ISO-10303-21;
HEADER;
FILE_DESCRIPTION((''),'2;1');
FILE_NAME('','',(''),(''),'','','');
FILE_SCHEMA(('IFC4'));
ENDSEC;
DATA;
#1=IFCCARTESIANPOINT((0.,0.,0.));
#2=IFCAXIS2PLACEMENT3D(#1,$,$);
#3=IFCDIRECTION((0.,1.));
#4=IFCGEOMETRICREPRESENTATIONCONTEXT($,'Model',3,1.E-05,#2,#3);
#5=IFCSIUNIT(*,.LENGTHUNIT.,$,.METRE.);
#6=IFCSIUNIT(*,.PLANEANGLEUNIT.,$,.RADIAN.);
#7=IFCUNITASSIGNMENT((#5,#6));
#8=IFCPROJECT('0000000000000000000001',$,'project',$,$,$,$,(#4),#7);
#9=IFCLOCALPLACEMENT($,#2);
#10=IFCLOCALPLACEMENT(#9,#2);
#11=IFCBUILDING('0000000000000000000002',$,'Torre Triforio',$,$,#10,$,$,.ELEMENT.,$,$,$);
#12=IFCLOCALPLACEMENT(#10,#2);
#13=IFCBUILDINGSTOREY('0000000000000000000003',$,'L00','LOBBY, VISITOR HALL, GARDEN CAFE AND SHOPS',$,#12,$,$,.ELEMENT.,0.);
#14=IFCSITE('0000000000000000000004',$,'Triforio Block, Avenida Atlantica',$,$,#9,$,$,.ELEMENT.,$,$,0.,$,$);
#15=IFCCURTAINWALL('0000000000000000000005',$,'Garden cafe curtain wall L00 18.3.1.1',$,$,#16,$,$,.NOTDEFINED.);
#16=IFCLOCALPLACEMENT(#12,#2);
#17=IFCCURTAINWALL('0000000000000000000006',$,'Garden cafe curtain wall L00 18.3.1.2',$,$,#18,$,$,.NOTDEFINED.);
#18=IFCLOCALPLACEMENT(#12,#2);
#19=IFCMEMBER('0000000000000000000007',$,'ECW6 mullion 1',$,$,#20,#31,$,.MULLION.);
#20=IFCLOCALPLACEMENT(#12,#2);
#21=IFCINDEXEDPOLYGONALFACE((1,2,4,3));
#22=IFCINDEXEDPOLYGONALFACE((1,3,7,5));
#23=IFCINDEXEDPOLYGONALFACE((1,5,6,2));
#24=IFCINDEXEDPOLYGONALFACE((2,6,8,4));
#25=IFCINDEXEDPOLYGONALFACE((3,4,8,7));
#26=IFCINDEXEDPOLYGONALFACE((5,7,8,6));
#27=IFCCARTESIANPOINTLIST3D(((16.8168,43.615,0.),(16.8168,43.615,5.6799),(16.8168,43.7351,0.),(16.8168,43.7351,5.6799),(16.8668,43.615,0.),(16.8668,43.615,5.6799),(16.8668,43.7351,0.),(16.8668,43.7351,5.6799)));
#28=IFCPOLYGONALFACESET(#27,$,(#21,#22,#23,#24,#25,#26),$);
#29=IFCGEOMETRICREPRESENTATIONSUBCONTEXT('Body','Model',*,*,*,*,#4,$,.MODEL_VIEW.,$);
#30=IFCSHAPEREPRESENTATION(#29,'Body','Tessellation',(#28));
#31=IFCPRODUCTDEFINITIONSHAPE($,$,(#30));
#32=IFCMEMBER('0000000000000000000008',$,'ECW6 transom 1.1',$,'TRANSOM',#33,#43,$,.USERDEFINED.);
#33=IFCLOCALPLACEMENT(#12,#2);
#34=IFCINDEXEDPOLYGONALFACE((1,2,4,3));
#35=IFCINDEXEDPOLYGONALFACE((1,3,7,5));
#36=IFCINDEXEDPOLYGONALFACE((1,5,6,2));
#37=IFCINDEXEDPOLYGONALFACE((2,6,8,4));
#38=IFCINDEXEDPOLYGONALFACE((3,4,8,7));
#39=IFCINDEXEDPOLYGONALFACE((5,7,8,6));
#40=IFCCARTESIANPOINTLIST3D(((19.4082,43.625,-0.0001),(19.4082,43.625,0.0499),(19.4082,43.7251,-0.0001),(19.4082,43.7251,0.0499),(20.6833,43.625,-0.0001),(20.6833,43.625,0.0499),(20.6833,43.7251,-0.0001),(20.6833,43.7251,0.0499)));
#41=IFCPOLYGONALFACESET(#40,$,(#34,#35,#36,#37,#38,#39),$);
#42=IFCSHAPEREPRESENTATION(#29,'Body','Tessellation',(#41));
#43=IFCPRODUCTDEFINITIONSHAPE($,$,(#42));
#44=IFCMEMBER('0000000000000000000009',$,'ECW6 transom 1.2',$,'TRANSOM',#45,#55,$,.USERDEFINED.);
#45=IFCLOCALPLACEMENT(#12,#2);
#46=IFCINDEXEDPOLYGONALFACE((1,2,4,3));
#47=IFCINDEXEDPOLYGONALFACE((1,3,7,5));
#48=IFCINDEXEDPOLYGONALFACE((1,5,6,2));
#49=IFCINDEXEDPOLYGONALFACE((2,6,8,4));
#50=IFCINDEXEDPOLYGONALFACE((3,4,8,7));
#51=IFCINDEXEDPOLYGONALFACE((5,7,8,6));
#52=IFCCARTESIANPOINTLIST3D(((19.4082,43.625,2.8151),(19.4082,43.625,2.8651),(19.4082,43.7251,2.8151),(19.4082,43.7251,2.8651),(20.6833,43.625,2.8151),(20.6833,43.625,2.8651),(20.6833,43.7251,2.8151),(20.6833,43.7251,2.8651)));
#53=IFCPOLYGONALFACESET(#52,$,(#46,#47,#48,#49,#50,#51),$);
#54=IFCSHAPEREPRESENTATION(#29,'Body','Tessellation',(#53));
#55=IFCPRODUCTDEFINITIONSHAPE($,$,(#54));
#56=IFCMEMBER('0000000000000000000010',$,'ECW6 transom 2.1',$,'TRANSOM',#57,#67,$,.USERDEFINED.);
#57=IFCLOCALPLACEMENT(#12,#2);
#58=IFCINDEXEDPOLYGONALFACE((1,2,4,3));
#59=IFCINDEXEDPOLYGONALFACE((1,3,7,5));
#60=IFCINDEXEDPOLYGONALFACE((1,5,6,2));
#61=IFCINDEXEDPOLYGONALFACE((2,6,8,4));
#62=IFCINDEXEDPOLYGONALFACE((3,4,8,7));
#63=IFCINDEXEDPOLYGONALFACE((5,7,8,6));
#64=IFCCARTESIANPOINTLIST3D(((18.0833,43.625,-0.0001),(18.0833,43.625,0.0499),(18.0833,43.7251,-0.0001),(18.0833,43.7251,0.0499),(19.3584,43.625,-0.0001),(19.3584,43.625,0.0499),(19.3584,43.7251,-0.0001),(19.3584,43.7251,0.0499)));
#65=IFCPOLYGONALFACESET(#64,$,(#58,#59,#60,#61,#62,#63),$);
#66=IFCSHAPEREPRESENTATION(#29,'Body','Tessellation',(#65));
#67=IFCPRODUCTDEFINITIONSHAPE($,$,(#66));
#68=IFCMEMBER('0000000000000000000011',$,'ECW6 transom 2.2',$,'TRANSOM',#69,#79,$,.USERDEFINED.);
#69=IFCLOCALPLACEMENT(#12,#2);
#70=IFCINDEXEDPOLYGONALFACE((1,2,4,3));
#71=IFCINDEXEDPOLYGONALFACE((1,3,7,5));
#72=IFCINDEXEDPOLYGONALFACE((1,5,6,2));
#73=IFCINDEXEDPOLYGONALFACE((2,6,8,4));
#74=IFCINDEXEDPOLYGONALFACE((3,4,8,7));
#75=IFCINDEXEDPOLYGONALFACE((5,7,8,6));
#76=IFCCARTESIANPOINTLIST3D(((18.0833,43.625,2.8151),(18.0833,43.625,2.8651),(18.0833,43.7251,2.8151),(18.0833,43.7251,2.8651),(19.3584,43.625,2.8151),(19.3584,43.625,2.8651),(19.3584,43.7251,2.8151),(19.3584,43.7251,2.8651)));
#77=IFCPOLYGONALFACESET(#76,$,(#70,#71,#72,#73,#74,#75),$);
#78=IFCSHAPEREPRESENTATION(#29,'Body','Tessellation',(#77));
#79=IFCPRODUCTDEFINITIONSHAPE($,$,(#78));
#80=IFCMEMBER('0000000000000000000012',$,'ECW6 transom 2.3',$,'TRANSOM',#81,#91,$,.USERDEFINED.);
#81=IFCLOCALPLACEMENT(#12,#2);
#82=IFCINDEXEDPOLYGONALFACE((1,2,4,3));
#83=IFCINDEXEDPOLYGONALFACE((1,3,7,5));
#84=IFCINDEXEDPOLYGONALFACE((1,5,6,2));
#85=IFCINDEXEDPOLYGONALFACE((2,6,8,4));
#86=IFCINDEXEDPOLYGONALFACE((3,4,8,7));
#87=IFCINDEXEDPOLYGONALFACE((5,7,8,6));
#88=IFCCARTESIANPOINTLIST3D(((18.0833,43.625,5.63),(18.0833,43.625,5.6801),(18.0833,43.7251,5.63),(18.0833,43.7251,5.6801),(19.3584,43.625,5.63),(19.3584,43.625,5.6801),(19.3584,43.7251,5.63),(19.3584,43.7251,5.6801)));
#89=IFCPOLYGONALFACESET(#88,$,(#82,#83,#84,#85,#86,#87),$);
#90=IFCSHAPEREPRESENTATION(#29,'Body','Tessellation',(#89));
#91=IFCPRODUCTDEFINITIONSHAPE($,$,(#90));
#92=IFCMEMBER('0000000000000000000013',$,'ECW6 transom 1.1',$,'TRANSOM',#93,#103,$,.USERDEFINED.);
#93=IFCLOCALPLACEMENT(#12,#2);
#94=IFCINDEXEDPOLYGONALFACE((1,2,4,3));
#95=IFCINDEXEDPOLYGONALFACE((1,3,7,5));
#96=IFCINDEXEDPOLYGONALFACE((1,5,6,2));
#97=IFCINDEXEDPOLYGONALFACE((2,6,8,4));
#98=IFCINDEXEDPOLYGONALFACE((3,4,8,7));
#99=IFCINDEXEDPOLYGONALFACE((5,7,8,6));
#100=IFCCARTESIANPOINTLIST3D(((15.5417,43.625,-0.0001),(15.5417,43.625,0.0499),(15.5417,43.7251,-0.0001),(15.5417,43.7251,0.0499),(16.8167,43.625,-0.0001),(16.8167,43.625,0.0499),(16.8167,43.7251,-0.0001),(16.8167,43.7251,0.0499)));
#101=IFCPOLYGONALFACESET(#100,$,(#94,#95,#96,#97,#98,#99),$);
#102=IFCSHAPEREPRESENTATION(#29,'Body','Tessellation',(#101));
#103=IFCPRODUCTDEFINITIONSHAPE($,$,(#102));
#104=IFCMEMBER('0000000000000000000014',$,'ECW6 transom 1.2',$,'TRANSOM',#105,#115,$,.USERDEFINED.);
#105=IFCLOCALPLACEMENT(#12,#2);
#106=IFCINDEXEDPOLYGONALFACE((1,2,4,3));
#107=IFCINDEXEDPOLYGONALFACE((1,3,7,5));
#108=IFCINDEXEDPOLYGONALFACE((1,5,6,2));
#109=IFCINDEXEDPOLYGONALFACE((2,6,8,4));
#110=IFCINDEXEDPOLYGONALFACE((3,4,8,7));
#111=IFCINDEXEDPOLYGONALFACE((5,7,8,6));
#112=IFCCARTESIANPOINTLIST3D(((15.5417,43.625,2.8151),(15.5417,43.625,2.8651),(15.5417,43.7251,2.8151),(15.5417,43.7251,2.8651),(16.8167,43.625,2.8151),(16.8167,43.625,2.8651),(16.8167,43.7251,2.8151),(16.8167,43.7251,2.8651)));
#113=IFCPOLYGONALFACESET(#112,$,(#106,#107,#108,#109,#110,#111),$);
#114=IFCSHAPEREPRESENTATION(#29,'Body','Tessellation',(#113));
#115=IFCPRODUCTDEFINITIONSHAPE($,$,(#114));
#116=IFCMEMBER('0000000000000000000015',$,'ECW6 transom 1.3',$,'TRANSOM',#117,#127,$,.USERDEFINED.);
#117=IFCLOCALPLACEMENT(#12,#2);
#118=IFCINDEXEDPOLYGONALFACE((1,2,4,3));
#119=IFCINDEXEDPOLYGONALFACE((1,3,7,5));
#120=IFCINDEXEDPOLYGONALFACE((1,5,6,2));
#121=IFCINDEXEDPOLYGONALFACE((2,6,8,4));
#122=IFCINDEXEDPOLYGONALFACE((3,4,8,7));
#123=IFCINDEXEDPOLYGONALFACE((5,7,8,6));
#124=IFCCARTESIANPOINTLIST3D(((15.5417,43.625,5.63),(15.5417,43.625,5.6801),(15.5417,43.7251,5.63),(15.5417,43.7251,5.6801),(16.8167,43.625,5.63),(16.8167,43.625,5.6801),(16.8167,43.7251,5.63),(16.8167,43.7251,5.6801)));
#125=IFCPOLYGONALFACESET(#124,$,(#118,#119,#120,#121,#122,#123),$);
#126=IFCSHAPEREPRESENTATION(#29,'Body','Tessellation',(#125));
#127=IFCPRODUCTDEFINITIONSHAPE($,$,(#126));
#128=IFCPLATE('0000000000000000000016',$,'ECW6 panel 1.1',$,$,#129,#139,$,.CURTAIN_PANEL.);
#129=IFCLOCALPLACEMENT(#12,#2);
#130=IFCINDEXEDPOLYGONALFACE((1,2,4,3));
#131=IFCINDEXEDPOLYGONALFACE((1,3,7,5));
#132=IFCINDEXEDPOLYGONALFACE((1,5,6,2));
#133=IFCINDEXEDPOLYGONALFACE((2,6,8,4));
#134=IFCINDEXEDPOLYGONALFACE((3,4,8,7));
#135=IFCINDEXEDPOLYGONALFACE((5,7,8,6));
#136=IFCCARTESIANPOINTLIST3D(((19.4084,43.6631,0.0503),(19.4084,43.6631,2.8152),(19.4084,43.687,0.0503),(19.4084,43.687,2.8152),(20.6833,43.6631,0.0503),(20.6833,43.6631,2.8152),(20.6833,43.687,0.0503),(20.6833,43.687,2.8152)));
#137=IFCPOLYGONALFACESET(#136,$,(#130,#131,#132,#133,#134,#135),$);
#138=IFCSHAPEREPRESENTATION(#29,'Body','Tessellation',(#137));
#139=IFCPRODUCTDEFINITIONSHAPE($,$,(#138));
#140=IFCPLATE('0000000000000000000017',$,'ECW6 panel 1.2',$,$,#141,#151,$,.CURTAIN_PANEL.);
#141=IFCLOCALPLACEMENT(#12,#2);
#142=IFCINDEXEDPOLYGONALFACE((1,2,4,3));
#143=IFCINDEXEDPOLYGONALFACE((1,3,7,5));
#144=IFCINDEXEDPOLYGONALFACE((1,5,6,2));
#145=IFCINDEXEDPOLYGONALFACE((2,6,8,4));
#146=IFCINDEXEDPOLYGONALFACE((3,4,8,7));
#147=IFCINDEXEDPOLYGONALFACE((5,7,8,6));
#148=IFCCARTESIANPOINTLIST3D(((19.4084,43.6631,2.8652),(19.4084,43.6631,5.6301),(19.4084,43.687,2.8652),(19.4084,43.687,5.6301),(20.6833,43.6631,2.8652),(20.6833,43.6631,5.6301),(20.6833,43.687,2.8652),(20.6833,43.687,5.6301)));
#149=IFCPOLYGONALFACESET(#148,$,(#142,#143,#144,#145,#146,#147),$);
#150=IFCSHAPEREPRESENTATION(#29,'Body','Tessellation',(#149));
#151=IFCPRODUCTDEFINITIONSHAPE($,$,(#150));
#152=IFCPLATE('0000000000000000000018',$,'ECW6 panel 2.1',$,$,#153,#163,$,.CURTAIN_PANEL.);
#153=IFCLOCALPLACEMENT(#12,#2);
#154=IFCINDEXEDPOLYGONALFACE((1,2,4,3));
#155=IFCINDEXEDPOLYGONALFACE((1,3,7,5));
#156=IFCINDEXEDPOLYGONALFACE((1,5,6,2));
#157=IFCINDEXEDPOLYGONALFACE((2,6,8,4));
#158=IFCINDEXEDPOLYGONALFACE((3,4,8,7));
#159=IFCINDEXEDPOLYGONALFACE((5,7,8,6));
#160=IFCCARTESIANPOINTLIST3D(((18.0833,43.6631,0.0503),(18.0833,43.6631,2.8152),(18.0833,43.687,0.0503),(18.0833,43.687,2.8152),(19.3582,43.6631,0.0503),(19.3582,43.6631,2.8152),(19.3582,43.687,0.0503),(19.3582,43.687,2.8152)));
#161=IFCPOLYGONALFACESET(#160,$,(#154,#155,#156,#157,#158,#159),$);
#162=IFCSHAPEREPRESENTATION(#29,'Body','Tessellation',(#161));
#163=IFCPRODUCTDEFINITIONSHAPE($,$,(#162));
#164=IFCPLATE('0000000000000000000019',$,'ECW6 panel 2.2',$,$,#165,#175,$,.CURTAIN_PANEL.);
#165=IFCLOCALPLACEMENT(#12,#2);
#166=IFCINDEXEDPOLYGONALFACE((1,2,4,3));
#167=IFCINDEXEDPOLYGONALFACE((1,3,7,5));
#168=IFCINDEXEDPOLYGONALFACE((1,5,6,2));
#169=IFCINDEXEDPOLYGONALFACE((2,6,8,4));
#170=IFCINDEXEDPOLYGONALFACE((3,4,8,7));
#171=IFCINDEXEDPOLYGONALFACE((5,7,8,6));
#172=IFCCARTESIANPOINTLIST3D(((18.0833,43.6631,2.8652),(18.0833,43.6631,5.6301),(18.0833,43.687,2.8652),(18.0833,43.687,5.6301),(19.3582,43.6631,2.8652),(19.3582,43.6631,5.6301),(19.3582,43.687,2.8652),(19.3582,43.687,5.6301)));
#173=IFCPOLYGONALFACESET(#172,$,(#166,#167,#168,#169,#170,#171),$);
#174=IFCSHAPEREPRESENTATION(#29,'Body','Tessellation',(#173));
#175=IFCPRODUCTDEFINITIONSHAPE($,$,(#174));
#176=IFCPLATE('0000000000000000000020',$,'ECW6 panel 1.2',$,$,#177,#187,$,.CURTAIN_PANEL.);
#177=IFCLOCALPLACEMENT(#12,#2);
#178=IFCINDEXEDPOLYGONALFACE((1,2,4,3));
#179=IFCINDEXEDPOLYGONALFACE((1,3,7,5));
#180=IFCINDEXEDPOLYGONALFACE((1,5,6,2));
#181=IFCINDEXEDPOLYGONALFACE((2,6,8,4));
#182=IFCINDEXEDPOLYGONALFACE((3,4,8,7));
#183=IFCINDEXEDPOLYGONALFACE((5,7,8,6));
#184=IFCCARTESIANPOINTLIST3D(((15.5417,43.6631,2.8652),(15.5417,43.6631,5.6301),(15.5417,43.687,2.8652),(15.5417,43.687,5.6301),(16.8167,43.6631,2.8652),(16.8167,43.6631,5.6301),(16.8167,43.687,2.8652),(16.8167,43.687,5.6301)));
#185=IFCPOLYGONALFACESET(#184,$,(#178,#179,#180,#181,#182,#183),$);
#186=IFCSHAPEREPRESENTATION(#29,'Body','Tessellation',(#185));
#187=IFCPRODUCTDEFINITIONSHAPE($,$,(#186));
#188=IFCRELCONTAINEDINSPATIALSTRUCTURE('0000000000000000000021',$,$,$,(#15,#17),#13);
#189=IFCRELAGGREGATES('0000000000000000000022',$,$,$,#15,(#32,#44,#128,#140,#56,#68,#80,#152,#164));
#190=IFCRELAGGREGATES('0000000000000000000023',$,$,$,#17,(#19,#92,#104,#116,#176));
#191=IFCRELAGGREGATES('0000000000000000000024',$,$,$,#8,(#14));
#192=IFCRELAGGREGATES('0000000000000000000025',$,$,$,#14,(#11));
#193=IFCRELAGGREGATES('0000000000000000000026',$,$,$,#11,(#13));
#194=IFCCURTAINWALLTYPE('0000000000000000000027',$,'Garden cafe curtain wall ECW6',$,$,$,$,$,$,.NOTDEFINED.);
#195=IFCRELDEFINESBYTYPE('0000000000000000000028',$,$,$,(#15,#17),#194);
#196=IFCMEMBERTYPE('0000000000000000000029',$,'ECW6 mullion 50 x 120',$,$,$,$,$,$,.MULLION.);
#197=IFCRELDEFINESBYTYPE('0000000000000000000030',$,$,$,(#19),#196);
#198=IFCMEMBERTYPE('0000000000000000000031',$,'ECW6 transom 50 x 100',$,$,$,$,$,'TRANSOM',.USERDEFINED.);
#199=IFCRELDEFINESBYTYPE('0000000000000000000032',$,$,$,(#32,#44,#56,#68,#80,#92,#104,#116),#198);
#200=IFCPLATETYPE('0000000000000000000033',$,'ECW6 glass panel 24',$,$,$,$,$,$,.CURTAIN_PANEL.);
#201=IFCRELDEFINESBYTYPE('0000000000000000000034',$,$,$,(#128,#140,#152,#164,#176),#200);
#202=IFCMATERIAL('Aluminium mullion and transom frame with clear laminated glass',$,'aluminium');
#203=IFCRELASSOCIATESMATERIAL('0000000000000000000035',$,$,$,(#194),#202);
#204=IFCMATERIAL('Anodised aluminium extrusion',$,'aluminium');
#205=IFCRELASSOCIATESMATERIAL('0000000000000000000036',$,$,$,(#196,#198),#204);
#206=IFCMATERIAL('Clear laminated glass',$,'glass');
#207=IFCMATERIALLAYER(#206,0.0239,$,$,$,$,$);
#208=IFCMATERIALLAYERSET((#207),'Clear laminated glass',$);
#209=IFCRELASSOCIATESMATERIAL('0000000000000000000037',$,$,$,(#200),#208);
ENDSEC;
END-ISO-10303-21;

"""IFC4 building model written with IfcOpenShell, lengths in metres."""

from ifc_helpers import new_model, si_unit, direction, frame, origin, origin_2d, place, context, subcontext, project, spatial, rectangle, extrude, material, layer, layer_set, material_profile, profile_set, type_object, element, aggregate, save


model = new_model("IFC4")

# Units and contexts
model_context = context("Model", 3, precision=1e-05, world=origin(), true_north=direction((0.0, 1.0)))
body_context = subcontext(model_context, "Body", "Model", "MODEL_VIEW")
ifc_project = project(units=[si_unit("LENGTHUNIT", "METRE"), si_unit("PLANEANGLEUNIT", "RADIAN")], contexts=[model_context])

# Site, building, storey
site_placement = place(None, origin())
site = spatial("IfcSite", under=ifc_project, at=site_placement, Name="Triforio Block, Avenida Atlantica", CompositionType="ELEMENT", RefElevation=0.0)
building_placement = place(site_placement, origin())
building = spatial("IfcBuilding", under=site, at=building_placement, Name="Torre Triforio", CompositionType="ELEMENT")
storey_placement = place(building_placement, origin())
storey = spatial("IfcBuildingStorey", under=building, at=storey_placement, Name="L00", Description="LOBBY, VISITOR HALL, GARDEN CAFE AND SHOPS", CompositionType="ELEMENT", Elevation=0.0)

# Curtain wall
ifc_material_1 = material(Name="Aluminium mullion and transom frame with clear laminated glass", Category="aluminium")
curtain_wall_type = type_object("IfcCurtainWallType", Name="Garden cafe curtain wall ECW6", PredefinedType="NOTDEFINED", material=ifc_material_1)
curtain_wall_1_placement = place(storey_placement, origin())
curtain_wall_1 = element("IfcCurtainWall", 1, at=curtain_wall_1_placement, inside=storey, type_object=curtain_wall_type, Name="Garden cafe curtain wall L00 18.3.1.1", PredefinedType="NOTDEFINED")
ifc_material_2 = material(Name="Anodised aluminium extrusion", Category="aluminium")
ifc_material_profile_1 = material_profile(ifc_material_2, rectangle(XDim=0.1201, YDim=0.05, at=origin_2d()), Name="ECW6 MULLION 50x120")
ifc_profile_set_1 = profile_set([ifc_material_profile_1], Name="Anodised aluminium extrusion")
member_type_1 = type_object("IfcMemberType", Name="ECW6 mullion 50 x 120", PredefinedType="MULLION", material=ifc_profile_set_1)

# Curtain wall, member
curtain_wall_2_placement = place(storey_placement, origin())
curtain_wall_2 = element("IfcCurtainWall", 2, at=curtain_wall_2_placement, inside=storey, type_object=curtain_wall_type, Name="Garden cafe curtain wall L00 18.3.1.2", PredefinedType="NOTDEFINED")
member_1_placement = place(storey_placement, frame((16.8418, 43.675, 0.0), z_axis=(0.0, 0.0, 1.0), x_axis=(0.0, -1.0, 0.0)))
member_1 = element("IfcMember", 3, at=member_1_placement, type_object=member_type_1, Name="ECW6 mullion 1", PredefinedType="MULLION", context=body_context, shape_type="SweptSolid", body=[
    extrude(rectangle(XDim=0.1201, YDim=0.05, at=origin_2d()), origin(), (0.0, 0.0, 1.0), 5.6799),
])

# Members
ifc_material_profile_2 = material_profile(ifc_material_2, rectangle(XDim=0.1001, YDim=0.05, at=origin_2d()), Name="ECW6 TRANSOM 50x100")
ifc_profile_set_2 = profile_set([ifc_material_profile_2], Name="Anodised aluminium extrusion")
member_type_2 = type_object("IfcMemberType", Name="ECW6 transom 50 x 100", ElementType="TRANSOM", PredefinedType="USERDEFINED", material=ifc_profile_set_2)
member_2_placement = place(storey_placement, frame((20.6833, 43.675, 0.0249), z_axis=(-1.0, 0.0, 0.0), x_axis=(0.0, -1.0, 0.0)))
member_2 = element("IfcMember", 4, at=member_2_placement, type_object=member_type_2, Name="ECW6 transom 1.1", ObjectType="TRANSOM", PredefinedType="USERDEFINED", context=body_context, shape_type="SweptSolid", body=[
    extrude(rectangle(XDim=0.1001, YDim=0.05, at=origin_2d()), origin(), (0.0, 0.0, 1.0), 1.2751),
])
member_3_placement = place(storey_placement, frame((20.6833, 43.675, 2.8401), z_axis=(-1.0, 0.0, 0.0), x_axis=(0.0, -1.0, 0.0)))
member_3 = element("IfcMember", 5, at=member_3_placement, type_object=member_type_2, Name="ECW6 transom 1.2", ObjectType="TRANSOM", PredefinedType="USERDEFINED", context=body_context, shape_type="SweptSolid", body=[
    extrude(rectangle(XDim=0.1001, YDim=0.05, at=origin_2d()), origin(), (0.0, 0.0, 1.0), 1.2751),
])
member_4_placement = place(storey_placement, frame((19.3584, 43.675, 0.0249), z_axis=(-1.0, 0.0, 0.0), x_axis=(0.0, -1.0, 0.0)))
member_4 = element("IfcMember", 6, at=member_4_placement, type_object=member_type_2, Name="ECW6 transom 2.1", ObjectType="TRANSOM", PredefinedType="USERDEFINED", context=body_context, shape_type="SweptSolid", body=[
    extrude(rectangle(XDim=0.1001, YDim=0.05, at=origin_2d()), origin(), (0.0, 0.0, 1.0), 1.2751),
])
member_5_placement = place(storey_placement, frame((19.3584, 43.675, 2.8401), z_axis=(-1.0, 0.0, 0.0), x_axis=(0.0, -1.0, 0.0)))
member_5 = element("IfcMember", 7, at=member_5_placement, type_object=member_type_2, Name="ECW6 transom 2.2", ObjectType="TRANSOM", PredefinedType="USERDEFINED", context=body_context, shape_type="SweptSolid", body=[
    extrude(rectangle(XDim=0.1001, YDim=0.05, at=origin_2d()), origin(), (0.0, 0.0, 1.0), 1.2751),
])
member_6_placement = place(storey_placement, frame((19.3584, 43.675, 5.655), z_axis=(-1.0, 0.0, 0.0), x_axis=(0.0, -1.0, 0.0)))
member_6 = element("IfcMember", 8, at=member_6_placement, type_object=member_type_2, Name="ECW6 transom 2.3", ObjectType="TRANSOM", PredefinedType="USERDEFINED", context=body_context, shape_type="SweptSolid", body=[
    extrude(rectangle(XDim=0.1001, YDim=0.05, at=origin_2d()), origin(), (0.0, 0.0, 1.0), 1.2751),
])
member_7_placement = place(storey_placement, frame((16.8167, 43.675, 0.0249), z_axis=(-1.0, 0.0, 0.0), x_axis=(0.0, -1.0, 0.0)))
member_7 = element("IfcMember", 9, at=member_7_placement, type_object=member_type_2, Name="ECW6 transom 1.1", ObjectType="TRANSOM", PredefinedType="USERDEFINED", context=body_context, shape_type="SweptSolid", body=[
    extrude(rectangle(XDim=0.1001, YDim=0.05, at=origin_2d()), origin(), (0.0, 0.0, 1.0), 1.2749),
])
member_8_placement = place(storey_placement, frame((16.8167, 43.675, 2.8401), z_axis=(-1.0, 0.0, 0.0), x_axis=(0.0, -1.0, 0.0)))
member_8 = element("IfcMember", 10, at=member_8_placement, type_object=member_type_2, Name="ECW6 transom 1.2", ObjectType="TRANSOM", PredefinedType="USERDEFINED", context=body_context, shape_type="SweptSolid", body=[
    extrude(rectangle(XDim=0.1001, YDim=0.05, at=origin_2d()), origin(), (0.0, 0.0, 1.0), 1.2749),
])
member_9_placement = place(storey_placement, frame((16.8167, 43.675, 5.655), z_axis=(-1.0, 0.0, 0.0), x_axis=(0.0, -1.0, 0.0)))
member_9 = element("IfcMember", 11, at=member_9_placement, type_object=member_type_2, Name="ECW6 transom 1.3", ObjectType="TRANSOM", PredefinedType="USERDEFINED", context=body_context, shape_type="SweptSolid", body=[
    extrude(rectangle(XDim=0.1001, YDim=0.05, at=origin_2d()), origin(), (0.0, 0.0, 1.0), 1.2749),
])

# Plates
ifc_material_3 = material(Name="Clear laminated glass", Category="glass")
ifc_layer_1 = layer(ifc_material_3, 0.0239)
ifc_layer_set_1 = layer_set([ifc_layer_1], Name="Clear laminated glass")
plate_type = type_object("IfcPlateType", Name="ECW6 glass panel 24", PredefinedType="CURTAIN_PANEL", material=ifc_layer_set_1)
plate_1_placement = place(storey_placement, frame((20.0459, 43.675, 0.0503), z_axis=(0.0, 0.0, 1.0), x_axis=(-1.0, 0.0, 0.0)))
plate_1 = element("IfcPlate", 12, at=plate_1_placement, type_object=plate_type, Name="ECW6 panel 1.1", PredefinedType="CURTAIN_PANEL", context=body_context, shape_type="SweptSolid", body=[
    extrude(rectangle(XDim=1.2749, YDim=0.0239, at=origin_2d()), origin(), (0.0, 0.0, 1.0), 2.7649),
])
plate_2_placement = place(storey_placement, frame((20.0459, 43.675, 2.8652), z_axis=(0.0, 0.0, 1.0), x_axis=(-1.0, 0.0, 0.0)))
plate_2 = element("IfcPlate", 13, at=plate_2_placement, type_object=plate_type, Name="ECW6 panel 1.2", PredefinedType="CURTAIN_PANEL", context=body_context, shape_type="SweptSolid", body=[
    extrude(rectangle(XDim=1.2749, YDim=0.0239, at=origin_2d()), origin(), (0.0, 0.0, 1.0), 2.7649),
])
plate_3_placement = place(storey_placement, frame((18.7207, 43.675, 0.0503), z_axis=(0.0, 0.0, 1.0), x_axis=(-1.0, 0.0, 0.0)))
plate_3 = element("IfcPlate", 14, at=plate_3_placement, type_object=plate_type, Name="ECW6 panel 2.1", PredefinedType="CURTAIN_PANEL", context=body_context, shape_type="SweptSolid", body=[
    extrude(rectangle(XDim=1.2749, YDim=0.0239, at=origin_2d()), origin(), (0.0, 0.0, 1.0), 2.7649),
])
plate_4_placement = place(storey_placement, frame((18.7207, 43.675, 2.8652), z_axis=(0.0, 0.0, 1.0), x_axis=(-1.0, 0.0, 0.0)))
plate_4 = element("IfcPlate", 15, at=plate_4_placement, type_object=plate_type, Name="ECW6 panel 2.2", PredefinedType="CURTAIN_PANEL", context=body_context, shape_type="SweptSolid", body=[
    extrude(rectangle(XDim=1.2749, YDim=0.0239, at=origin_2d()), origin(), (0.0, 0.0, 1.0), 2.7649),
])
aggregate(curtain_wall_1, [member_2, member_3, plate_1, plate_2, member_4, member_5, member_6, plate_3, plate_4])
plate_5_placement = place(storey_placement, frame((16.1792, 43.675, 2.8652), z_axis=(0.0, 0.0, 1.0), x_axis=(-1.0, 0.0, 0.0)))
plate_5 = element("IfcPlate", 16, at=plate_5_placement, type_object=plate_type, Name="ECW6 panel 1.2", PredefinedType="CURTAIN_PANEL", context=body_context, shape_type="SweptSolid", body=[
    extrude(rectangle(XDim=1.2749, YDim=0.0239, at=origin_2d()), origin(), (0.0, 0.0, 1.0), 2.7649),
])
aggregate(curtain_wall_2, [member_1, member_7, member_8, member_9, plate_5])

save(model, "model.ifc")
